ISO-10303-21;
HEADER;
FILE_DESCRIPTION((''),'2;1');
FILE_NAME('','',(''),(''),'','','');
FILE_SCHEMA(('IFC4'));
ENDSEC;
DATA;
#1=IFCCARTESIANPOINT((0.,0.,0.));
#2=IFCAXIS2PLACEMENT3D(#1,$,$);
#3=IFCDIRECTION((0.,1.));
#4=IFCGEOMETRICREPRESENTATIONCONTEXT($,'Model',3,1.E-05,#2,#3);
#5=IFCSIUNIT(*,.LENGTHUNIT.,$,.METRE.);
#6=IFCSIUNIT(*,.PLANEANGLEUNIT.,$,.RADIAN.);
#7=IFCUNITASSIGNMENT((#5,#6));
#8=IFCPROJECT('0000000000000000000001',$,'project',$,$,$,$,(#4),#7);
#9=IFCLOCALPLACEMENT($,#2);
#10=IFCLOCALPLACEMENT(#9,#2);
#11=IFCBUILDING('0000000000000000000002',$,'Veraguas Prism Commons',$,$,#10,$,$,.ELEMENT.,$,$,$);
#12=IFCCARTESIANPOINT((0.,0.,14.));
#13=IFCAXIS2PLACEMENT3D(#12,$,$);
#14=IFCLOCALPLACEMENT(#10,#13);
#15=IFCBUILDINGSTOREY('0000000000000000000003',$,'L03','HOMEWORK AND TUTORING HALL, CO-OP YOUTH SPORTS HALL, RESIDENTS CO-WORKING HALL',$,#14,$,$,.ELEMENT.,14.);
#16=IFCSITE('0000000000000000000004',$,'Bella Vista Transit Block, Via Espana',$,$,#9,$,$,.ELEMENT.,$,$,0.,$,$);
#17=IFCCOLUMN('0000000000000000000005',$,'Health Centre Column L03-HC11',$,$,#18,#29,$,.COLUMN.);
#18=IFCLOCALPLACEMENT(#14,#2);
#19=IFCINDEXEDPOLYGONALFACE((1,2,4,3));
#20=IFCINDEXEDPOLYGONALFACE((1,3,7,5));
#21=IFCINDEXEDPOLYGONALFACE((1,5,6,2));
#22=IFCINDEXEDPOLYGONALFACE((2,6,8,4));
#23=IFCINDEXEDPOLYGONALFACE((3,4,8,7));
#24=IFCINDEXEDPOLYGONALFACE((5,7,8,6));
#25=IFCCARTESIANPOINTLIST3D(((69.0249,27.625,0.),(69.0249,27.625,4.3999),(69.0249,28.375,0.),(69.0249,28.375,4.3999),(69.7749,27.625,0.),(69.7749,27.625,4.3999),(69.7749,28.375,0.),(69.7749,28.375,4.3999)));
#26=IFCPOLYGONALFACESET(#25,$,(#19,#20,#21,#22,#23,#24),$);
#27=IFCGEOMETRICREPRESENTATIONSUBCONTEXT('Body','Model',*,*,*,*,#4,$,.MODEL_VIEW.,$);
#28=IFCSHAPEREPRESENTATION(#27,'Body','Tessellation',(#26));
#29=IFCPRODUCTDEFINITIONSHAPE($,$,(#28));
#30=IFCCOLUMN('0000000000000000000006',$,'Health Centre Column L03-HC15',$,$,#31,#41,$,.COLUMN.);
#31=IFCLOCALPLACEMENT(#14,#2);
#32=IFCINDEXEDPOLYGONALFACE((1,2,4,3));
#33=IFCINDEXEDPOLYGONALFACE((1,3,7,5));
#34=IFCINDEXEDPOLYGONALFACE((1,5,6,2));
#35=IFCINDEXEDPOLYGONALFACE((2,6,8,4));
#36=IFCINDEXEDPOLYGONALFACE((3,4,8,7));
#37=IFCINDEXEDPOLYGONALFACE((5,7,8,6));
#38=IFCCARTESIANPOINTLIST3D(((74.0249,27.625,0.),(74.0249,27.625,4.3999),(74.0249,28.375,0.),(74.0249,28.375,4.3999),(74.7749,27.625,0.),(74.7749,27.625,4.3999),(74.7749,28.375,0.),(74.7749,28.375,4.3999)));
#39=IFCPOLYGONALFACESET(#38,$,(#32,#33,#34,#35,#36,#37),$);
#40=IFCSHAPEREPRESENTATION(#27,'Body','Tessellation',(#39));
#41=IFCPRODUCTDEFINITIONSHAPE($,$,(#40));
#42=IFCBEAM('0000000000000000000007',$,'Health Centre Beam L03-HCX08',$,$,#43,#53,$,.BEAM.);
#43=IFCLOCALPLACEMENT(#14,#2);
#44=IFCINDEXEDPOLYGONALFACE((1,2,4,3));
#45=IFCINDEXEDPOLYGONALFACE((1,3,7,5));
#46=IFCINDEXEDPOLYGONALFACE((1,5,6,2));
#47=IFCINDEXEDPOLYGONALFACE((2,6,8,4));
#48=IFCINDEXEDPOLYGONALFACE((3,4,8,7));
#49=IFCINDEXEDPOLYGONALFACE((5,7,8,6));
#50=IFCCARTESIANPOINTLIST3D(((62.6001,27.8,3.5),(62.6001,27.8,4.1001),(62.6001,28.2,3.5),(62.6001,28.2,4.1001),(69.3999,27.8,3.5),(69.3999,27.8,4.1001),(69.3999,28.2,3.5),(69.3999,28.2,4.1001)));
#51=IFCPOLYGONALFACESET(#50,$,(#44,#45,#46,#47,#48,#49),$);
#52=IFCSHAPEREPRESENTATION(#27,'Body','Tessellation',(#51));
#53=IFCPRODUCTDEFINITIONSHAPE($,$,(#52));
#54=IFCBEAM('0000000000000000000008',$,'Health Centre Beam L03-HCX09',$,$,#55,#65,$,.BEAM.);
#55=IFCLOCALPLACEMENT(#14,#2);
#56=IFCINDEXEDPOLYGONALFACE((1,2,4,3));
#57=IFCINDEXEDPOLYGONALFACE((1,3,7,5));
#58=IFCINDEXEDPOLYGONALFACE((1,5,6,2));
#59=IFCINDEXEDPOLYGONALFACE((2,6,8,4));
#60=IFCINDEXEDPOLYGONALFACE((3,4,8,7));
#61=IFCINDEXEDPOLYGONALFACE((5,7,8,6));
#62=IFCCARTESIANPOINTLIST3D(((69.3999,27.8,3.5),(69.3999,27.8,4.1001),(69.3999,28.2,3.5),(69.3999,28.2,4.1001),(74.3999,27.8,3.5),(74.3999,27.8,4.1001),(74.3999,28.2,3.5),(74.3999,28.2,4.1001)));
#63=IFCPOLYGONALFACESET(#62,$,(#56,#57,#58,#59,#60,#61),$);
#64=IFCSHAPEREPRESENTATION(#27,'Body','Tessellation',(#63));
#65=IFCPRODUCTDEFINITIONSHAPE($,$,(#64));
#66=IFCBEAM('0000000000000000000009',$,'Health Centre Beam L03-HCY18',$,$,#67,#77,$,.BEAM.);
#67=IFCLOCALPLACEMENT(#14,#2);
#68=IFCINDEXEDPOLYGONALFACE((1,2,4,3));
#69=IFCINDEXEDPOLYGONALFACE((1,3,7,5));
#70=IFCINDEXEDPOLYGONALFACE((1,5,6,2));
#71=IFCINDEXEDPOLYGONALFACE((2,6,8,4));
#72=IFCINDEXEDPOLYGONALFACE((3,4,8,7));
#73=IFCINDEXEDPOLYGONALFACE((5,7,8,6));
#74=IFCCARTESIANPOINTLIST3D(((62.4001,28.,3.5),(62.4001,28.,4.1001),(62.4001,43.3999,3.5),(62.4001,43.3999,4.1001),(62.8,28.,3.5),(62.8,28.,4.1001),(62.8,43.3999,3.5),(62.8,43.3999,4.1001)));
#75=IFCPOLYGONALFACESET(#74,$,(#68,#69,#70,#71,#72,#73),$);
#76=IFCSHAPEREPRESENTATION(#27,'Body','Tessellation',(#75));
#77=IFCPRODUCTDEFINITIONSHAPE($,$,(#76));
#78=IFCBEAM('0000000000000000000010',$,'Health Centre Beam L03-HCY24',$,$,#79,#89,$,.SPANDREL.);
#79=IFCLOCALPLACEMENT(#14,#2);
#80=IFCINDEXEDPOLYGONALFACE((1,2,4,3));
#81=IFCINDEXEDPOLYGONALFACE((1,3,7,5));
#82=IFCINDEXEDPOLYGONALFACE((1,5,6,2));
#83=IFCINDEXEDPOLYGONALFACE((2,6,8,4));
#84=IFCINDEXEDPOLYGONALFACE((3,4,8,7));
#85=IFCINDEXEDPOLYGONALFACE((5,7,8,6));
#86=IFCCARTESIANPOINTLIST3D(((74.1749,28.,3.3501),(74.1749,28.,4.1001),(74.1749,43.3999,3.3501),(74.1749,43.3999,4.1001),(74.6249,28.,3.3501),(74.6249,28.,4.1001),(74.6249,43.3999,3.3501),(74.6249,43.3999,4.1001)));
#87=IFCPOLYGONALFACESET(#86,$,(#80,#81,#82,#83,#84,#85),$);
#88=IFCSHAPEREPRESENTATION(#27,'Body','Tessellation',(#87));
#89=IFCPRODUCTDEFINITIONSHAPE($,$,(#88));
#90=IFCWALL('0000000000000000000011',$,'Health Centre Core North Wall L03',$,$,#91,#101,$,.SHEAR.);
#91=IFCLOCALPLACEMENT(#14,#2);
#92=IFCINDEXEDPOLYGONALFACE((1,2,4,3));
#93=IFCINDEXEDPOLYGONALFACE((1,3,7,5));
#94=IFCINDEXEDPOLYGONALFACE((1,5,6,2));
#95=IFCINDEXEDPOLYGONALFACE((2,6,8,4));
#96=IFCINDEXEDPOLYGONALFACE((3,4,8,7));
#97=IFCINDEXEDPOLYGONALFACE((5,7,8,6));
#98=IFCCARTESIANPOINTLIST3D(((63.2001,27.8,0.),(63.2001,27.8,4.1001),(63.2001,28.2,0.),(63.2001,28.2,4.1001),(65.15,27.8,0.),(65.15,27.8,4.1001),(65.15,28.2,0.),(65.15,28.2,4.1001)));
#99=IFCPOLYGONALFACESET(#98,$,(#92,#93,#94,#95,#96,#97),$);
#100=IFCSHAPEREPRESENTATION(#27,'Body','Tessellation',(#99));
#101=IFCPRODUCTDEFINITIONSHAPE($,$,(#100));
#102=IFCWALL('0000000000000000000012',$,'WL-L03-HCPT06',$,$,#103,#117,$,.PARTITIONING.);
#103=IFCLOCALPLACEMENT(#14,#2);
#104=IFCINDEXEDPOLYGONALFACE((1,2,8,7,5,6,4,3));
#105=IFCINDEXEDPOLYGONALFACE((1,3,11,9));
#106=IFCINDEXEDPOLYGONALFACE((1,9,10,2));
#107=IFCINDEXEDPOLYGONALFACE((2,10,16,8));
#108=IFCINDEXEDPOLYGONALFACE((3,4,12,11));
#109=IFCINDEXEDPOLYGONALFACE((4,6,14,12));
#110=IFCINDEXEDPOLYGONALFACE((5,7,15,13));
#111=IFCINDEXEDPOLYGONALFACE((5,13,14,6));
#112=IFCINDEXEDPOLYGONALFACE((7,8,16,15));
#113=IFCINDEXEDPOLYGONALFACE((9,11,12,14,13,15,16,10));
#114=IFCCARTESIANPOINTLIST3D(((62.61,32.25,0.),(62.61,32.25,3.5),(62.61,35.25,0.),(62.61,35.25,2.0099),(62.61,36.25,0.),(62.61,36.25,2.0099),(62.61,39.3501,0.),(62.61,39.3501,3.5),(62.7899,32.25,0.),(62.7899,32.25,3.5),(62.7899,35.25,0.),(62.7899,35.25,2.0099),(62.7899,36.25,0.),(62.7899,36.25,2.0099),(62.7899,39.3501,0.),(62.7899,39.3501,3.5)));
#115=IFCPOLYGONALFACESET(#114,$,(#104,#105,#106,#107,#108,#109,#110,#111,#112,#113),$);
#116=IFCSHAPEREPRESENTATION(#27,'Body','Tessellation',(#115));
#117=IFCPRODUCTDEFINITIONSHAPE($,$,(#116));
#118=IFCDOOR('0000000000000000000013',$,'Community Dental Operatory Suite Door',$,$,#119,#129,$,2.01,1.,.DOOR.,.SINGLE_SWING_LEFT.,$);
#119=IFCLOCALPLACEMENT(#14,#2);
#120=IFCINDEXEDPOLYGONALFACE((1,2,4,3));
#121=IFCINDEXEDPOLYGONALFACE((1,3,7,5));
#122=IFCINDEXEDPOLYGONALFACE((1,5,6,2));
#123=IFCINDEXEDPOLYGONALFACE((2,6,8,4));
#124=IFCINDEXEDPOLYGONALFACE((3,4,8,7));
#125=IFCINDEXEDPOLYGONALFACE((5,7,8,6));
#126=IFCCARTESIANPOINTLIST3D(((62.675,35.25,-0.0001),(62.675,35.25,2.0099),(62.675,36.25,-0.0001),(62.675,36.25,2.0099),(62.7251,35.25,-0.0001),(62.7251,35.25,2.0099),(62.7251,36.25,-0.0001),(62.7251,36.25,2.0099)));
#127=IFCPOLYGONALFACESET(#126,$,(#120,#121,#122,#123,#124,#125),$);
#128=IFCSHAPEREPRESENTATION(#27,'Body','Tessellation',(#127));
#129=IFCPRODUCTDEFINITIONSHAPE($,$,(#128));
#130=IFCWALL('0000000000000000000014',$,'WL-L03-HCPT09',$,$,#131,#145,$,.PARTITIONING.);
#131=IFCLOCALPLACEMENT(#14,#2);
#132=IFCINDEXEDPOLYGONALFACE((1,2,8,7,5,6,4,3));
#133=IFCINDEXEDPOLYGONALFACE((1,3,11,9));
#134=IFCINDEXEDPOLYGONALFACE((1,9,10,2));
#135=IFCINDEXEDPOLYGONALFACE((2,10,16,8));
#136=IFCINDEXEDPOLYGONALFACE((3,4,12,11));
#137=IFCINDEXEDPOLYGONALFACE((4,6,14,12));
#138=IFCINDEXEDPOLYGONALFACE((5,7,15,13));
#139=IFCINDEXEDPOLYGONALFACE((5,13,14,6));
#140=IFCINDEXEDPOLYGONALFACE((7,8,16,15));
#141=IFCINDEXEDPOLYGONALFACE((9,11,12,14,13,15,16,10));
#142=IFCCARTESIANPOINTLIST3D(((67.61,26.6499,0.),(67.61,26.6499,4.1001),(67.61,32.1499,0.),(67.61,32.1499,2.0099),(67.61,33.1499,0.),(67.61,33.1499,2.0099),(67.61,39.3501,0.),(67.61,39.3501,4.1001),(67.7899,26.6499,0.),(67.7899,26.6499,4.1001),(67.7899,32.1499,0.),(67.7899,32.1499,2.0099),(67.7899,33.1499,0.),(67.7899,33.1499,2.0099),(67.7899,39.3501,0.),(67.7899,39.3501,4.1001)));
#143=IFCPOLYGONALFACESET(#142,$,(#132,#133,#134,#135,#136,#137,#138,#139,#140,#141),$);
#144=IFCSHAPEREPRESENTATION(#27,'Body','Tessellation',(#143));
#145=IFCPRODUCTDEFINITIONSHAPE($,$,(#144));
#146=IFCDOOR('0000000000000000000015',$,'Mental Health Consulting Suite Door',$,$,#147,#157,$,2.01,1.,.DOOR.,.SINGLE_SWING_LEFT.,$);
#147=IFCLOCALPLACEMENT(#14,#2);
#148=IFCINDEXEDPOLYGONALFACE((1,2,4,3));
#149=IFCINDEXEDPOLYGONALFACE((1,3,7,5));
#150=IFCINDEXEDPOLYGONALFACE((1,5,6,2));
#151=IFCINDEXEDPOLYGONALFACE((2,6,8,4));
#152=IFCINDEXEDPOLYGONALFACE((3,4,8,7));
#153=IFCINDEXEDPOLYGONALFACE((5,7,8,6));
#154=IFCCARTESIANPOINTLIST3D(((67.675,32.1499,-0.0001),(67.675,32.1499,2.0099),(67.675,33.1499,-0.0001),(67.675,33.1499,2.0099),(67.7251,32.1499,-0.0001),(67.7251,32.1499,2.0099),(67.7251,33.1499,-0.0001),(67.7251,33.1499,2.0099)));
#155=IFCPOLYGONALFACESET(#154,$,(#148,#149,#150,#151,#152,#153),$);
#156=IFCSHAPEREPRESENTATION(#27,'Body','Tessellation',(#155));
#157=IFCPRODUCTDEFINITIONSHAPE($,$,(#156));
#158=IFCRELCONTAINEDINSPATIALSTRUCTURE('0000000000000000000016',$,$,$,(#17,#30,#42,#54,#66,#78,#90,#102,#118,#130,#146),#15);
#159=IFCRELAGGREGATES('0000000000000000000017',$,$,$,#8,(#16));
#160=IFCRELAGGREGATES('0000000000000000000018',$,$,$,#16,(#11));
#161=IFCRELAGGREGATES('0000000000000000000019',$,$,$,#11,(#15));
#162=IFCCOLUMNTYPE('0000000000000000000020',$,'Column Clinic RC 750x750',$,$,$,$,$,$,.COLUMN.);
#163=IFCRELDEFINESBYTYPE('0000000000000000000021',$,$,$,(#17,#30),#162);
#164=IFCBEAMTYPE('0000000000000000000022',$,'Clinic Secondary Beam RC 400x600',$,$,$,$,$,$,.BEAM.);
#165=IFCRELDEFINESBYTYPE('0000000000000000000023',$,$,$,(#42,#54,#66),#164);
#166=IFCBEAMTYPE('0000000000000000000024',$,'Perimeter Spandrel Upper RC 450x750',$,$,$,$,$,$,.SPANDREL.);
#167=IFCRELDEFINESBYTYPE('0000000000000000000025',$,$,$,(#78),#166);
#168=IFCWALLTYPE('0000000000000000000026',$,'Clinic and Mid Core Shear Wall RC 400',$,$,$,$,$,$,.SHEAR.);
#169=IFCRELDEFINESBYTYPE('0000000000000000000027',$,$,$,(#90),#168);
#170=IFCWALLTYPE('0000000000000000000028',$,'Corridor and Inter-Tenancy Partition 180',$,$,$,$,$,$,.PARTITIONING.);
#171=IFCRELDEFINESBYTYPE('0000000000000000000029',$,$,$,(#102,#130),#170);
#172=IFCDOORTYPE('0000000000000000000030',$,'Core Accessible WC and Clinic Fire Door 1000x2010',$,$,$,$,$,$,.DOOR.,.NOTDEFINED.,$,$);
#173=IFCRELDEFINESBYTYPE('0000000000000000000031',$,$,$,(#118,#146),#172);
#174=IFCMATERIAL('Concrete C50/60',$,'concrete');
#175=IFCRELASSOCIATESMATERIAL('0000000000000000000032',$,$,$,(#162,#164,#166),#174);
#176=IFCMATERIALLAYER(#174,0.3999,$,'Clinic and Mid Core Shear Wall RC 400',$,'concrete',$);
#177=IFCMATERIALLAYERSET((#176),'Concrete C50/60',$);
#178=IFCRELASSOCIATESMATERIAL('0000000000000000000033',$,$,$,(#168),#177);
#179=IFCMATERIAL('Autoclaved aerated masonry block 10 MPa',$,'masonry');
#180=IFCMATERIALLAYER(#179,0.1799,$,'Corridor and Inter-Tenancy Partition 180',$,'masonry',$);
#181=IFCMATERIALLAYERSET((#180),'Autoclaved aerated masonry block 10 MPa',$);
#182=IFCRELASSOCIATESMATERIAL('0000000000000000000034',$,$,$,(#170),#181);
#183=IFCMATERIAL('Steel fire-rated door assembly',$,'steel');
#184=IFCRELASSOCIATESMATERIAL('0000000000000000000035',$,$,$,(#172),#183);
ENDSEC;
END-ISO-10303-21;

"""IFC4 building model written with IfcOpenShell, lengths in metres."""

from ifc_helpers import new_model, si_unit, direction, frame, frame_2d, origin, origin_2d, place, context, subcontext, project, spatial, rectangle, extrude, source, transform, mapped, material, layer, layer_set, material_profile, profile_set, type_object, element, fill, save


model = new_model("IFC4")

# Units and contexts
model_context = context("Model", 3, precision=1e-05, world=origin(), true_north=direction((0.0, 1.0)))
body_context = subcontext(model_context, "Body", "Model", "MODEL_VIEW")
ifc_project = project(units=[si_unit("LENGTHUNIT", "METRE"), si_unit("PLANEANGLEUNIT", "RADIAN")], contexts=[model_context])

# Site, building, storey
site_placement = place(None, origin())
site = spatial("IfcSite", under=ifc_project, at=site_placement, Name="Bella Vista Transit Block, Via Espana", CompositionType="ELEMENT", RefElevation=0.0)
building_placement = place(site_placement, origin())
building = spatial("IfcBuilding", under=site, at=building_placement, Name="Veraguas Prism Commons", CompositionType="ELEMENT")
storey_placement = place(building_placement, frame((0.0, 0.0, 14.0)))
storey = spatial("IfcBuildingStorey", under=building, at=storey_placement, Name="L03", Description="HOMEWORK AND TUTORING HALL, CO-OP YOUTH SPORTS HALL, RESIDENTS CO-WORKING HALL", CompositionType="ELEMENT", Elevation=14.0)

# Columns
ifc_material_1 = material(Name="Concrete C50/60", Category="concrete")
ifc_material_profile_1 = material_profile(ifc_material_1, rectangle(XDim=0.75, YDim=0.75, at=origin_2d()), Name="RC750X750")
ifc_profile_set_1 = profile_set([ifc_material_profile_1], Name="Concrete C50/60")
column_type = type_object("IfcColumnType", Name="Column Clinic RC 750x750", PredefinedType="COLUMN", material=ifc_profile_set_1)
for number, where, z_axis, x_axis, name in (
    (1, (69.3999, 28.0, 0.0), (0.0, 0.0, 1.0), (1.0, 0.0, 0.0), "Health Centre Column L03-HC11"),
    (2, (74.3999, 28.0, 0.0), (0.0, 0.0, 1.0), (1.0, 0.0, 0.0), "Health Centre Column L03-HC15"),
):
    element("IfcColumn", number, at=place(storey_placement, frame(where, z_axis=z_axis, x_axis=x_axis)), inside=storey, type_object=column_type, Name=name, PredefinedType="COLUMN", context=body_context, shape_type="SweptSolid", body=[
        extrude(rectangle(XDim=0.75, YDim=0.75, at=origin_2d()), origin(), (0.0, 0.0, 1.0), 4.3999),
    ])

# Beams
ifc_material_profile_2 = material_profile(ifc_material_1, rectangle(XDim=0.3999, YDim=0.6001, at=origin_2d()), Name="RC400X600")
ifc_profile_set_2 = profile_set([ifc_material_profile_2], Name="Concrete C50/60")
beam_type_1 = type_object("IfcBeamType", Name="Clinic Secondary Beam RC 400x600", PredefinedType="BEAM", material=ifc_profile_set_2)
beam_1_placement = place(storey_placement, frame((62.6001, 28.0, 3.8), z_axis=(1.0, 0.0, 0.0), x_axis=(0.0, 1.0, 0.0)))
element("IfcBeam", 3, at=beam_1_placement, inside=storey, type_object=beam_type_1, Name="Health Centre Beam L03-HCX08", PredefinedType="BEAM", context=body_context, shape_type="SweptSolid", body=[
    extrude(rectangle(XDim=0.3999, YDim=0.6001, at=origin_2d()), origin(), (0.0, 0.0, 1.0), 6.7998),
])
beam_2_placement = place(storey_placement, frame((69.3999, 28.0, 3.8), z_axis=(1.0, 0.0, 0.0), x_axis=(0.0, 1.0, 0.0)))
element("IfcBeam", 4, at=beam_2_placement, inside=storey, type_object=beam_type_1, Name="Health Centre Beam L03-HCX09", PredefinedType="BEAM", context=body_context, shape_type="SweptSolid", body=[
    extrude(rectangle(XDim=0.3999, YDim=0.6001, at=origin_2d()), origin(), (0.0, 0.0, 1.0), 5.0),
])
beam_3_placement = place(storey_placement, frame((62.6001, 28.0, 3.8), z_axis=(0.0, 1.0, 0.0), x_axis=(-1.0, 0.0, 0.0)))
element("IfcBeam", 5, at=beam_3_placement, inside=storey, type_object=beam_type_1, Name="Health Centre Beam L03-HCY18", PredefinedType="BEAM", context=body_context, shape_type="SweptSolid", body=[
    extrude(rectangle(XDim=0.3999, YDim=0.6001, at=origin_2d()), origin(), (0.0, 0.0, 1.0), 15.3999),
])
ifc_material_profile_3 = material_profile(ifc_material_1, rectangle(XDim=0.45, YDim=0.75, at=origin_2d()), Name="RC450X750")
ifc_profile_set_3 = profile_set([ifc_material_profile_3], Name="Concrete C50/60")
beam_type_2 = type_object("IfcBeamType", Name="Perimeter Spandrel Upper RC 450x750", PredefinedType="SPANDREL", material=ifc_profile_set_3)
beam_4_placement = place(storey_placement, frame((74.3999, 28.0, 3.7251), z_axis=(0.0, 1.0, 0.0), x_axis=(-1.0, 0.0, 0.0)))
element("IfcBeam", 6, at=beam_4_placement, inside=storey, type_object=beam_type_2, Name="Health Centre Beam L03-HCY24", PredefinedType="SPANDREL", context=body_context, shape_type="SweptSolid", body=[
    extrude(rectangle(XDim=0.45, YDim=0.75, at=origin_2d()), origin(), (0.0, 0.0, 1.0), 15.3999),
])

# Wall
ifc_layer_1 = layer(ifc_material_1, 0.3999, Name="Clinic and Mid Core Shear Wall RC 400", Category="concrete")
ifc_layer_set_1 = layer_set([ifc_layer_1], Name="Concrete C50/60")
wall_type_1 = type_object("IfcWallType", Name="Clinic and Mid Core Shear Wall RC 400", PredefinedType="SHEAR", material=ifc_layer_set_1)
wall_1_placement = place(storey_placement, frame((63.2, 28.0, 0.0), z_axis=(0.0, 0.0, 1.0), x_axis=(1.0, 0.0, 0.0)))
element("IfcWall", 7, at=wall_1_placement, inside=storey, type_object=wall_type_1, Name="Health Centre Core North Wall L03", PredefinedType="SHEAR", context=body_context, shape_type="SweptSolid", body=[
    extrude(rectangle(XDim=1.95, YDim=0.3999, at=frame_2d((0.9751, 0.0))), origin(), (0.0, 0.0, 1.0), 4.1001),
])

# Walls, openings, doors
ifc_material_2 = material(Name="Autoclaved aerated masonry block 10 MPa", Category="masonry")
ifc_layer_2 = layer(ifc_material_2, 0.1799, Name="Corridor and Inter-Tenancy Partition 180", Category="masonry")
ifc_layer_set_2 = layer_set([ifc_layer_2], Name="Autoclaved aerated masonry block 10 MPa")
wall_type_2 = type_object("IfcWallType", Name="Corridor and Inter-Tenancy Partition 180", PredefinedType="PARTITIONING", material=ifc_layer_set_2)
wall_2_placement = place(storey_placement, frame((62.7, 32.25, 0.0), z_axis=(0.0, 0.0, 1.0), x_axis=(0.0, 1.0, 0.0)))
wall_2 = element("IfcWall", 8, at=wall_2_placement, inside=storey, type_object=wall_type_2, Name="WL-L03-HCPT06", PredefinedType="PARTITIONING", context=body_context, shape_type="SweptSolid", body=[
    extrude(rectangle(XDim=7.1001, YDim=0.1799, at=frame_2d((3.55, 0.0))), origin(), (0.0, 0.0, 1.0), 3.5),
])
opening_1_placement = place(wall_2_placement, frame((3.0, 0.0, 0.0)))
opening_1 = element("IfcOpeningElement", 9, at=opening_1_placement, cuts=wall_2, PredefinedType="OPENING", context=body_context, shape_type="SweptSolid", body=[
    extrude(rectangle(XDim=1.0, YDim=2.01, at=frame_2d((0.5, 1.0049))), frame((0.0, 0.0999, 0.0), z_axis=(0.0, -1.0, 0.0), x_axis=(1.0, 0.0, 0.0)), (0.0, 0.0, 1.0), 0.2),
])
ifc_material_3 = material(Name="Steel fire-rated door assembly", Category="steel")
door_type = type_object("IfcDoorType", Name="Core Accessible WC and Clinic Fire Door 1000x2010", OperationType="NOTDEFINED", PredefinedType="DOOR", material=ifc_material_3)
shared_shape_1 = source(origin(), body_context, "Body", "SweptSolid", [
    extrude(rectangle(XDim=1.0, YDim=2.01, at=frame_2d((0.5, 1.0049))), frame((0.0, 0.0249, 0.0), z_axis=(0.0, -1.0, 0.0), x_axis=(1.0, 0.0, 0.0)), (0.0, 0.0, 1.0), 0.05),
])
door_1_placement = place(opening_1_placement, origin())
door_1 = element("IfcDoor", 10, at=door_1_placement, inside=storey, type_object=door_type, Name="Community Dental Operatory Suite Door", OperationType="SINGLE_SWING_LEFT", OverallHeight=2.01, OverallWidth=1.0, PredefinedType="DOOR", context=body_context, shape_type="MappedRepresentation", body=[
    mapped(shared_shape_1, transform((0.0, 0.0, 0.0), scale=1.0)),
])
fill(opening_1, door_1)
wall_3_placement = place(storey_placement, frame((67.7, 26.6499, 0.0), z_axis=(0.0, 0.0, 1.0), x_axis=(0.0, 1.0, 0.0)))
wall_3 = element("IfcWall", 11, at=wall_3_placement, inside=storey, type_object=wall_type_2, Name="WL-L03-HCPT09", PredefinedType="PARTITIONING", context=body_context, shape_type="SweptSolid", body=[
    extrude(rectangle(XDim=12.7002, YDim=0.1799, at=frame_2d((6.3501, 0.0))), origin(), (0.0, 0.0, 1.0), 4.1001),
])
opening_2_placement = place(wall_3_placement, frame((5.5, 0.0, 0.0)))
opening_2 = element("IfcOpeningElement", 12, at=opening_2_placement, cuts=wall_3, PredefinedType="OPENING", context=body_context, shape_type="SweptSolid", body=[
    extrude(rectangle(XDim=1.0, YDim=2.01, at=frame_2d((0.5, 1.0049))), frame((0.0, 0.0999, 0.0), z_axis=(0.0, -1.0, 0.0), x_axis=(1.0, 0.0, 0.0)), (0.0, 0.0, 1.0), 0.2),
])
door_2_placement = place(opening_2_placement, origin())
door_2 = element("IfcDoor", 13, at=door_2_placement, inside=storey, type_object=door_type, Name="Mental Health Consulting Suite Door", OperationType="SINGLE_SWING_LEFT", OverallHeight=2.01, OverallWidth=1.0, PredefinedType="DOOR", context=body_context, shape_type="MappedRepresentation", body=[
    mapped(shared_shape_1, transform((0.0, 0.0, 0.0), scale=1.0)),
])
fill(opening_2, door_2)

save(model, "model.ifc")
